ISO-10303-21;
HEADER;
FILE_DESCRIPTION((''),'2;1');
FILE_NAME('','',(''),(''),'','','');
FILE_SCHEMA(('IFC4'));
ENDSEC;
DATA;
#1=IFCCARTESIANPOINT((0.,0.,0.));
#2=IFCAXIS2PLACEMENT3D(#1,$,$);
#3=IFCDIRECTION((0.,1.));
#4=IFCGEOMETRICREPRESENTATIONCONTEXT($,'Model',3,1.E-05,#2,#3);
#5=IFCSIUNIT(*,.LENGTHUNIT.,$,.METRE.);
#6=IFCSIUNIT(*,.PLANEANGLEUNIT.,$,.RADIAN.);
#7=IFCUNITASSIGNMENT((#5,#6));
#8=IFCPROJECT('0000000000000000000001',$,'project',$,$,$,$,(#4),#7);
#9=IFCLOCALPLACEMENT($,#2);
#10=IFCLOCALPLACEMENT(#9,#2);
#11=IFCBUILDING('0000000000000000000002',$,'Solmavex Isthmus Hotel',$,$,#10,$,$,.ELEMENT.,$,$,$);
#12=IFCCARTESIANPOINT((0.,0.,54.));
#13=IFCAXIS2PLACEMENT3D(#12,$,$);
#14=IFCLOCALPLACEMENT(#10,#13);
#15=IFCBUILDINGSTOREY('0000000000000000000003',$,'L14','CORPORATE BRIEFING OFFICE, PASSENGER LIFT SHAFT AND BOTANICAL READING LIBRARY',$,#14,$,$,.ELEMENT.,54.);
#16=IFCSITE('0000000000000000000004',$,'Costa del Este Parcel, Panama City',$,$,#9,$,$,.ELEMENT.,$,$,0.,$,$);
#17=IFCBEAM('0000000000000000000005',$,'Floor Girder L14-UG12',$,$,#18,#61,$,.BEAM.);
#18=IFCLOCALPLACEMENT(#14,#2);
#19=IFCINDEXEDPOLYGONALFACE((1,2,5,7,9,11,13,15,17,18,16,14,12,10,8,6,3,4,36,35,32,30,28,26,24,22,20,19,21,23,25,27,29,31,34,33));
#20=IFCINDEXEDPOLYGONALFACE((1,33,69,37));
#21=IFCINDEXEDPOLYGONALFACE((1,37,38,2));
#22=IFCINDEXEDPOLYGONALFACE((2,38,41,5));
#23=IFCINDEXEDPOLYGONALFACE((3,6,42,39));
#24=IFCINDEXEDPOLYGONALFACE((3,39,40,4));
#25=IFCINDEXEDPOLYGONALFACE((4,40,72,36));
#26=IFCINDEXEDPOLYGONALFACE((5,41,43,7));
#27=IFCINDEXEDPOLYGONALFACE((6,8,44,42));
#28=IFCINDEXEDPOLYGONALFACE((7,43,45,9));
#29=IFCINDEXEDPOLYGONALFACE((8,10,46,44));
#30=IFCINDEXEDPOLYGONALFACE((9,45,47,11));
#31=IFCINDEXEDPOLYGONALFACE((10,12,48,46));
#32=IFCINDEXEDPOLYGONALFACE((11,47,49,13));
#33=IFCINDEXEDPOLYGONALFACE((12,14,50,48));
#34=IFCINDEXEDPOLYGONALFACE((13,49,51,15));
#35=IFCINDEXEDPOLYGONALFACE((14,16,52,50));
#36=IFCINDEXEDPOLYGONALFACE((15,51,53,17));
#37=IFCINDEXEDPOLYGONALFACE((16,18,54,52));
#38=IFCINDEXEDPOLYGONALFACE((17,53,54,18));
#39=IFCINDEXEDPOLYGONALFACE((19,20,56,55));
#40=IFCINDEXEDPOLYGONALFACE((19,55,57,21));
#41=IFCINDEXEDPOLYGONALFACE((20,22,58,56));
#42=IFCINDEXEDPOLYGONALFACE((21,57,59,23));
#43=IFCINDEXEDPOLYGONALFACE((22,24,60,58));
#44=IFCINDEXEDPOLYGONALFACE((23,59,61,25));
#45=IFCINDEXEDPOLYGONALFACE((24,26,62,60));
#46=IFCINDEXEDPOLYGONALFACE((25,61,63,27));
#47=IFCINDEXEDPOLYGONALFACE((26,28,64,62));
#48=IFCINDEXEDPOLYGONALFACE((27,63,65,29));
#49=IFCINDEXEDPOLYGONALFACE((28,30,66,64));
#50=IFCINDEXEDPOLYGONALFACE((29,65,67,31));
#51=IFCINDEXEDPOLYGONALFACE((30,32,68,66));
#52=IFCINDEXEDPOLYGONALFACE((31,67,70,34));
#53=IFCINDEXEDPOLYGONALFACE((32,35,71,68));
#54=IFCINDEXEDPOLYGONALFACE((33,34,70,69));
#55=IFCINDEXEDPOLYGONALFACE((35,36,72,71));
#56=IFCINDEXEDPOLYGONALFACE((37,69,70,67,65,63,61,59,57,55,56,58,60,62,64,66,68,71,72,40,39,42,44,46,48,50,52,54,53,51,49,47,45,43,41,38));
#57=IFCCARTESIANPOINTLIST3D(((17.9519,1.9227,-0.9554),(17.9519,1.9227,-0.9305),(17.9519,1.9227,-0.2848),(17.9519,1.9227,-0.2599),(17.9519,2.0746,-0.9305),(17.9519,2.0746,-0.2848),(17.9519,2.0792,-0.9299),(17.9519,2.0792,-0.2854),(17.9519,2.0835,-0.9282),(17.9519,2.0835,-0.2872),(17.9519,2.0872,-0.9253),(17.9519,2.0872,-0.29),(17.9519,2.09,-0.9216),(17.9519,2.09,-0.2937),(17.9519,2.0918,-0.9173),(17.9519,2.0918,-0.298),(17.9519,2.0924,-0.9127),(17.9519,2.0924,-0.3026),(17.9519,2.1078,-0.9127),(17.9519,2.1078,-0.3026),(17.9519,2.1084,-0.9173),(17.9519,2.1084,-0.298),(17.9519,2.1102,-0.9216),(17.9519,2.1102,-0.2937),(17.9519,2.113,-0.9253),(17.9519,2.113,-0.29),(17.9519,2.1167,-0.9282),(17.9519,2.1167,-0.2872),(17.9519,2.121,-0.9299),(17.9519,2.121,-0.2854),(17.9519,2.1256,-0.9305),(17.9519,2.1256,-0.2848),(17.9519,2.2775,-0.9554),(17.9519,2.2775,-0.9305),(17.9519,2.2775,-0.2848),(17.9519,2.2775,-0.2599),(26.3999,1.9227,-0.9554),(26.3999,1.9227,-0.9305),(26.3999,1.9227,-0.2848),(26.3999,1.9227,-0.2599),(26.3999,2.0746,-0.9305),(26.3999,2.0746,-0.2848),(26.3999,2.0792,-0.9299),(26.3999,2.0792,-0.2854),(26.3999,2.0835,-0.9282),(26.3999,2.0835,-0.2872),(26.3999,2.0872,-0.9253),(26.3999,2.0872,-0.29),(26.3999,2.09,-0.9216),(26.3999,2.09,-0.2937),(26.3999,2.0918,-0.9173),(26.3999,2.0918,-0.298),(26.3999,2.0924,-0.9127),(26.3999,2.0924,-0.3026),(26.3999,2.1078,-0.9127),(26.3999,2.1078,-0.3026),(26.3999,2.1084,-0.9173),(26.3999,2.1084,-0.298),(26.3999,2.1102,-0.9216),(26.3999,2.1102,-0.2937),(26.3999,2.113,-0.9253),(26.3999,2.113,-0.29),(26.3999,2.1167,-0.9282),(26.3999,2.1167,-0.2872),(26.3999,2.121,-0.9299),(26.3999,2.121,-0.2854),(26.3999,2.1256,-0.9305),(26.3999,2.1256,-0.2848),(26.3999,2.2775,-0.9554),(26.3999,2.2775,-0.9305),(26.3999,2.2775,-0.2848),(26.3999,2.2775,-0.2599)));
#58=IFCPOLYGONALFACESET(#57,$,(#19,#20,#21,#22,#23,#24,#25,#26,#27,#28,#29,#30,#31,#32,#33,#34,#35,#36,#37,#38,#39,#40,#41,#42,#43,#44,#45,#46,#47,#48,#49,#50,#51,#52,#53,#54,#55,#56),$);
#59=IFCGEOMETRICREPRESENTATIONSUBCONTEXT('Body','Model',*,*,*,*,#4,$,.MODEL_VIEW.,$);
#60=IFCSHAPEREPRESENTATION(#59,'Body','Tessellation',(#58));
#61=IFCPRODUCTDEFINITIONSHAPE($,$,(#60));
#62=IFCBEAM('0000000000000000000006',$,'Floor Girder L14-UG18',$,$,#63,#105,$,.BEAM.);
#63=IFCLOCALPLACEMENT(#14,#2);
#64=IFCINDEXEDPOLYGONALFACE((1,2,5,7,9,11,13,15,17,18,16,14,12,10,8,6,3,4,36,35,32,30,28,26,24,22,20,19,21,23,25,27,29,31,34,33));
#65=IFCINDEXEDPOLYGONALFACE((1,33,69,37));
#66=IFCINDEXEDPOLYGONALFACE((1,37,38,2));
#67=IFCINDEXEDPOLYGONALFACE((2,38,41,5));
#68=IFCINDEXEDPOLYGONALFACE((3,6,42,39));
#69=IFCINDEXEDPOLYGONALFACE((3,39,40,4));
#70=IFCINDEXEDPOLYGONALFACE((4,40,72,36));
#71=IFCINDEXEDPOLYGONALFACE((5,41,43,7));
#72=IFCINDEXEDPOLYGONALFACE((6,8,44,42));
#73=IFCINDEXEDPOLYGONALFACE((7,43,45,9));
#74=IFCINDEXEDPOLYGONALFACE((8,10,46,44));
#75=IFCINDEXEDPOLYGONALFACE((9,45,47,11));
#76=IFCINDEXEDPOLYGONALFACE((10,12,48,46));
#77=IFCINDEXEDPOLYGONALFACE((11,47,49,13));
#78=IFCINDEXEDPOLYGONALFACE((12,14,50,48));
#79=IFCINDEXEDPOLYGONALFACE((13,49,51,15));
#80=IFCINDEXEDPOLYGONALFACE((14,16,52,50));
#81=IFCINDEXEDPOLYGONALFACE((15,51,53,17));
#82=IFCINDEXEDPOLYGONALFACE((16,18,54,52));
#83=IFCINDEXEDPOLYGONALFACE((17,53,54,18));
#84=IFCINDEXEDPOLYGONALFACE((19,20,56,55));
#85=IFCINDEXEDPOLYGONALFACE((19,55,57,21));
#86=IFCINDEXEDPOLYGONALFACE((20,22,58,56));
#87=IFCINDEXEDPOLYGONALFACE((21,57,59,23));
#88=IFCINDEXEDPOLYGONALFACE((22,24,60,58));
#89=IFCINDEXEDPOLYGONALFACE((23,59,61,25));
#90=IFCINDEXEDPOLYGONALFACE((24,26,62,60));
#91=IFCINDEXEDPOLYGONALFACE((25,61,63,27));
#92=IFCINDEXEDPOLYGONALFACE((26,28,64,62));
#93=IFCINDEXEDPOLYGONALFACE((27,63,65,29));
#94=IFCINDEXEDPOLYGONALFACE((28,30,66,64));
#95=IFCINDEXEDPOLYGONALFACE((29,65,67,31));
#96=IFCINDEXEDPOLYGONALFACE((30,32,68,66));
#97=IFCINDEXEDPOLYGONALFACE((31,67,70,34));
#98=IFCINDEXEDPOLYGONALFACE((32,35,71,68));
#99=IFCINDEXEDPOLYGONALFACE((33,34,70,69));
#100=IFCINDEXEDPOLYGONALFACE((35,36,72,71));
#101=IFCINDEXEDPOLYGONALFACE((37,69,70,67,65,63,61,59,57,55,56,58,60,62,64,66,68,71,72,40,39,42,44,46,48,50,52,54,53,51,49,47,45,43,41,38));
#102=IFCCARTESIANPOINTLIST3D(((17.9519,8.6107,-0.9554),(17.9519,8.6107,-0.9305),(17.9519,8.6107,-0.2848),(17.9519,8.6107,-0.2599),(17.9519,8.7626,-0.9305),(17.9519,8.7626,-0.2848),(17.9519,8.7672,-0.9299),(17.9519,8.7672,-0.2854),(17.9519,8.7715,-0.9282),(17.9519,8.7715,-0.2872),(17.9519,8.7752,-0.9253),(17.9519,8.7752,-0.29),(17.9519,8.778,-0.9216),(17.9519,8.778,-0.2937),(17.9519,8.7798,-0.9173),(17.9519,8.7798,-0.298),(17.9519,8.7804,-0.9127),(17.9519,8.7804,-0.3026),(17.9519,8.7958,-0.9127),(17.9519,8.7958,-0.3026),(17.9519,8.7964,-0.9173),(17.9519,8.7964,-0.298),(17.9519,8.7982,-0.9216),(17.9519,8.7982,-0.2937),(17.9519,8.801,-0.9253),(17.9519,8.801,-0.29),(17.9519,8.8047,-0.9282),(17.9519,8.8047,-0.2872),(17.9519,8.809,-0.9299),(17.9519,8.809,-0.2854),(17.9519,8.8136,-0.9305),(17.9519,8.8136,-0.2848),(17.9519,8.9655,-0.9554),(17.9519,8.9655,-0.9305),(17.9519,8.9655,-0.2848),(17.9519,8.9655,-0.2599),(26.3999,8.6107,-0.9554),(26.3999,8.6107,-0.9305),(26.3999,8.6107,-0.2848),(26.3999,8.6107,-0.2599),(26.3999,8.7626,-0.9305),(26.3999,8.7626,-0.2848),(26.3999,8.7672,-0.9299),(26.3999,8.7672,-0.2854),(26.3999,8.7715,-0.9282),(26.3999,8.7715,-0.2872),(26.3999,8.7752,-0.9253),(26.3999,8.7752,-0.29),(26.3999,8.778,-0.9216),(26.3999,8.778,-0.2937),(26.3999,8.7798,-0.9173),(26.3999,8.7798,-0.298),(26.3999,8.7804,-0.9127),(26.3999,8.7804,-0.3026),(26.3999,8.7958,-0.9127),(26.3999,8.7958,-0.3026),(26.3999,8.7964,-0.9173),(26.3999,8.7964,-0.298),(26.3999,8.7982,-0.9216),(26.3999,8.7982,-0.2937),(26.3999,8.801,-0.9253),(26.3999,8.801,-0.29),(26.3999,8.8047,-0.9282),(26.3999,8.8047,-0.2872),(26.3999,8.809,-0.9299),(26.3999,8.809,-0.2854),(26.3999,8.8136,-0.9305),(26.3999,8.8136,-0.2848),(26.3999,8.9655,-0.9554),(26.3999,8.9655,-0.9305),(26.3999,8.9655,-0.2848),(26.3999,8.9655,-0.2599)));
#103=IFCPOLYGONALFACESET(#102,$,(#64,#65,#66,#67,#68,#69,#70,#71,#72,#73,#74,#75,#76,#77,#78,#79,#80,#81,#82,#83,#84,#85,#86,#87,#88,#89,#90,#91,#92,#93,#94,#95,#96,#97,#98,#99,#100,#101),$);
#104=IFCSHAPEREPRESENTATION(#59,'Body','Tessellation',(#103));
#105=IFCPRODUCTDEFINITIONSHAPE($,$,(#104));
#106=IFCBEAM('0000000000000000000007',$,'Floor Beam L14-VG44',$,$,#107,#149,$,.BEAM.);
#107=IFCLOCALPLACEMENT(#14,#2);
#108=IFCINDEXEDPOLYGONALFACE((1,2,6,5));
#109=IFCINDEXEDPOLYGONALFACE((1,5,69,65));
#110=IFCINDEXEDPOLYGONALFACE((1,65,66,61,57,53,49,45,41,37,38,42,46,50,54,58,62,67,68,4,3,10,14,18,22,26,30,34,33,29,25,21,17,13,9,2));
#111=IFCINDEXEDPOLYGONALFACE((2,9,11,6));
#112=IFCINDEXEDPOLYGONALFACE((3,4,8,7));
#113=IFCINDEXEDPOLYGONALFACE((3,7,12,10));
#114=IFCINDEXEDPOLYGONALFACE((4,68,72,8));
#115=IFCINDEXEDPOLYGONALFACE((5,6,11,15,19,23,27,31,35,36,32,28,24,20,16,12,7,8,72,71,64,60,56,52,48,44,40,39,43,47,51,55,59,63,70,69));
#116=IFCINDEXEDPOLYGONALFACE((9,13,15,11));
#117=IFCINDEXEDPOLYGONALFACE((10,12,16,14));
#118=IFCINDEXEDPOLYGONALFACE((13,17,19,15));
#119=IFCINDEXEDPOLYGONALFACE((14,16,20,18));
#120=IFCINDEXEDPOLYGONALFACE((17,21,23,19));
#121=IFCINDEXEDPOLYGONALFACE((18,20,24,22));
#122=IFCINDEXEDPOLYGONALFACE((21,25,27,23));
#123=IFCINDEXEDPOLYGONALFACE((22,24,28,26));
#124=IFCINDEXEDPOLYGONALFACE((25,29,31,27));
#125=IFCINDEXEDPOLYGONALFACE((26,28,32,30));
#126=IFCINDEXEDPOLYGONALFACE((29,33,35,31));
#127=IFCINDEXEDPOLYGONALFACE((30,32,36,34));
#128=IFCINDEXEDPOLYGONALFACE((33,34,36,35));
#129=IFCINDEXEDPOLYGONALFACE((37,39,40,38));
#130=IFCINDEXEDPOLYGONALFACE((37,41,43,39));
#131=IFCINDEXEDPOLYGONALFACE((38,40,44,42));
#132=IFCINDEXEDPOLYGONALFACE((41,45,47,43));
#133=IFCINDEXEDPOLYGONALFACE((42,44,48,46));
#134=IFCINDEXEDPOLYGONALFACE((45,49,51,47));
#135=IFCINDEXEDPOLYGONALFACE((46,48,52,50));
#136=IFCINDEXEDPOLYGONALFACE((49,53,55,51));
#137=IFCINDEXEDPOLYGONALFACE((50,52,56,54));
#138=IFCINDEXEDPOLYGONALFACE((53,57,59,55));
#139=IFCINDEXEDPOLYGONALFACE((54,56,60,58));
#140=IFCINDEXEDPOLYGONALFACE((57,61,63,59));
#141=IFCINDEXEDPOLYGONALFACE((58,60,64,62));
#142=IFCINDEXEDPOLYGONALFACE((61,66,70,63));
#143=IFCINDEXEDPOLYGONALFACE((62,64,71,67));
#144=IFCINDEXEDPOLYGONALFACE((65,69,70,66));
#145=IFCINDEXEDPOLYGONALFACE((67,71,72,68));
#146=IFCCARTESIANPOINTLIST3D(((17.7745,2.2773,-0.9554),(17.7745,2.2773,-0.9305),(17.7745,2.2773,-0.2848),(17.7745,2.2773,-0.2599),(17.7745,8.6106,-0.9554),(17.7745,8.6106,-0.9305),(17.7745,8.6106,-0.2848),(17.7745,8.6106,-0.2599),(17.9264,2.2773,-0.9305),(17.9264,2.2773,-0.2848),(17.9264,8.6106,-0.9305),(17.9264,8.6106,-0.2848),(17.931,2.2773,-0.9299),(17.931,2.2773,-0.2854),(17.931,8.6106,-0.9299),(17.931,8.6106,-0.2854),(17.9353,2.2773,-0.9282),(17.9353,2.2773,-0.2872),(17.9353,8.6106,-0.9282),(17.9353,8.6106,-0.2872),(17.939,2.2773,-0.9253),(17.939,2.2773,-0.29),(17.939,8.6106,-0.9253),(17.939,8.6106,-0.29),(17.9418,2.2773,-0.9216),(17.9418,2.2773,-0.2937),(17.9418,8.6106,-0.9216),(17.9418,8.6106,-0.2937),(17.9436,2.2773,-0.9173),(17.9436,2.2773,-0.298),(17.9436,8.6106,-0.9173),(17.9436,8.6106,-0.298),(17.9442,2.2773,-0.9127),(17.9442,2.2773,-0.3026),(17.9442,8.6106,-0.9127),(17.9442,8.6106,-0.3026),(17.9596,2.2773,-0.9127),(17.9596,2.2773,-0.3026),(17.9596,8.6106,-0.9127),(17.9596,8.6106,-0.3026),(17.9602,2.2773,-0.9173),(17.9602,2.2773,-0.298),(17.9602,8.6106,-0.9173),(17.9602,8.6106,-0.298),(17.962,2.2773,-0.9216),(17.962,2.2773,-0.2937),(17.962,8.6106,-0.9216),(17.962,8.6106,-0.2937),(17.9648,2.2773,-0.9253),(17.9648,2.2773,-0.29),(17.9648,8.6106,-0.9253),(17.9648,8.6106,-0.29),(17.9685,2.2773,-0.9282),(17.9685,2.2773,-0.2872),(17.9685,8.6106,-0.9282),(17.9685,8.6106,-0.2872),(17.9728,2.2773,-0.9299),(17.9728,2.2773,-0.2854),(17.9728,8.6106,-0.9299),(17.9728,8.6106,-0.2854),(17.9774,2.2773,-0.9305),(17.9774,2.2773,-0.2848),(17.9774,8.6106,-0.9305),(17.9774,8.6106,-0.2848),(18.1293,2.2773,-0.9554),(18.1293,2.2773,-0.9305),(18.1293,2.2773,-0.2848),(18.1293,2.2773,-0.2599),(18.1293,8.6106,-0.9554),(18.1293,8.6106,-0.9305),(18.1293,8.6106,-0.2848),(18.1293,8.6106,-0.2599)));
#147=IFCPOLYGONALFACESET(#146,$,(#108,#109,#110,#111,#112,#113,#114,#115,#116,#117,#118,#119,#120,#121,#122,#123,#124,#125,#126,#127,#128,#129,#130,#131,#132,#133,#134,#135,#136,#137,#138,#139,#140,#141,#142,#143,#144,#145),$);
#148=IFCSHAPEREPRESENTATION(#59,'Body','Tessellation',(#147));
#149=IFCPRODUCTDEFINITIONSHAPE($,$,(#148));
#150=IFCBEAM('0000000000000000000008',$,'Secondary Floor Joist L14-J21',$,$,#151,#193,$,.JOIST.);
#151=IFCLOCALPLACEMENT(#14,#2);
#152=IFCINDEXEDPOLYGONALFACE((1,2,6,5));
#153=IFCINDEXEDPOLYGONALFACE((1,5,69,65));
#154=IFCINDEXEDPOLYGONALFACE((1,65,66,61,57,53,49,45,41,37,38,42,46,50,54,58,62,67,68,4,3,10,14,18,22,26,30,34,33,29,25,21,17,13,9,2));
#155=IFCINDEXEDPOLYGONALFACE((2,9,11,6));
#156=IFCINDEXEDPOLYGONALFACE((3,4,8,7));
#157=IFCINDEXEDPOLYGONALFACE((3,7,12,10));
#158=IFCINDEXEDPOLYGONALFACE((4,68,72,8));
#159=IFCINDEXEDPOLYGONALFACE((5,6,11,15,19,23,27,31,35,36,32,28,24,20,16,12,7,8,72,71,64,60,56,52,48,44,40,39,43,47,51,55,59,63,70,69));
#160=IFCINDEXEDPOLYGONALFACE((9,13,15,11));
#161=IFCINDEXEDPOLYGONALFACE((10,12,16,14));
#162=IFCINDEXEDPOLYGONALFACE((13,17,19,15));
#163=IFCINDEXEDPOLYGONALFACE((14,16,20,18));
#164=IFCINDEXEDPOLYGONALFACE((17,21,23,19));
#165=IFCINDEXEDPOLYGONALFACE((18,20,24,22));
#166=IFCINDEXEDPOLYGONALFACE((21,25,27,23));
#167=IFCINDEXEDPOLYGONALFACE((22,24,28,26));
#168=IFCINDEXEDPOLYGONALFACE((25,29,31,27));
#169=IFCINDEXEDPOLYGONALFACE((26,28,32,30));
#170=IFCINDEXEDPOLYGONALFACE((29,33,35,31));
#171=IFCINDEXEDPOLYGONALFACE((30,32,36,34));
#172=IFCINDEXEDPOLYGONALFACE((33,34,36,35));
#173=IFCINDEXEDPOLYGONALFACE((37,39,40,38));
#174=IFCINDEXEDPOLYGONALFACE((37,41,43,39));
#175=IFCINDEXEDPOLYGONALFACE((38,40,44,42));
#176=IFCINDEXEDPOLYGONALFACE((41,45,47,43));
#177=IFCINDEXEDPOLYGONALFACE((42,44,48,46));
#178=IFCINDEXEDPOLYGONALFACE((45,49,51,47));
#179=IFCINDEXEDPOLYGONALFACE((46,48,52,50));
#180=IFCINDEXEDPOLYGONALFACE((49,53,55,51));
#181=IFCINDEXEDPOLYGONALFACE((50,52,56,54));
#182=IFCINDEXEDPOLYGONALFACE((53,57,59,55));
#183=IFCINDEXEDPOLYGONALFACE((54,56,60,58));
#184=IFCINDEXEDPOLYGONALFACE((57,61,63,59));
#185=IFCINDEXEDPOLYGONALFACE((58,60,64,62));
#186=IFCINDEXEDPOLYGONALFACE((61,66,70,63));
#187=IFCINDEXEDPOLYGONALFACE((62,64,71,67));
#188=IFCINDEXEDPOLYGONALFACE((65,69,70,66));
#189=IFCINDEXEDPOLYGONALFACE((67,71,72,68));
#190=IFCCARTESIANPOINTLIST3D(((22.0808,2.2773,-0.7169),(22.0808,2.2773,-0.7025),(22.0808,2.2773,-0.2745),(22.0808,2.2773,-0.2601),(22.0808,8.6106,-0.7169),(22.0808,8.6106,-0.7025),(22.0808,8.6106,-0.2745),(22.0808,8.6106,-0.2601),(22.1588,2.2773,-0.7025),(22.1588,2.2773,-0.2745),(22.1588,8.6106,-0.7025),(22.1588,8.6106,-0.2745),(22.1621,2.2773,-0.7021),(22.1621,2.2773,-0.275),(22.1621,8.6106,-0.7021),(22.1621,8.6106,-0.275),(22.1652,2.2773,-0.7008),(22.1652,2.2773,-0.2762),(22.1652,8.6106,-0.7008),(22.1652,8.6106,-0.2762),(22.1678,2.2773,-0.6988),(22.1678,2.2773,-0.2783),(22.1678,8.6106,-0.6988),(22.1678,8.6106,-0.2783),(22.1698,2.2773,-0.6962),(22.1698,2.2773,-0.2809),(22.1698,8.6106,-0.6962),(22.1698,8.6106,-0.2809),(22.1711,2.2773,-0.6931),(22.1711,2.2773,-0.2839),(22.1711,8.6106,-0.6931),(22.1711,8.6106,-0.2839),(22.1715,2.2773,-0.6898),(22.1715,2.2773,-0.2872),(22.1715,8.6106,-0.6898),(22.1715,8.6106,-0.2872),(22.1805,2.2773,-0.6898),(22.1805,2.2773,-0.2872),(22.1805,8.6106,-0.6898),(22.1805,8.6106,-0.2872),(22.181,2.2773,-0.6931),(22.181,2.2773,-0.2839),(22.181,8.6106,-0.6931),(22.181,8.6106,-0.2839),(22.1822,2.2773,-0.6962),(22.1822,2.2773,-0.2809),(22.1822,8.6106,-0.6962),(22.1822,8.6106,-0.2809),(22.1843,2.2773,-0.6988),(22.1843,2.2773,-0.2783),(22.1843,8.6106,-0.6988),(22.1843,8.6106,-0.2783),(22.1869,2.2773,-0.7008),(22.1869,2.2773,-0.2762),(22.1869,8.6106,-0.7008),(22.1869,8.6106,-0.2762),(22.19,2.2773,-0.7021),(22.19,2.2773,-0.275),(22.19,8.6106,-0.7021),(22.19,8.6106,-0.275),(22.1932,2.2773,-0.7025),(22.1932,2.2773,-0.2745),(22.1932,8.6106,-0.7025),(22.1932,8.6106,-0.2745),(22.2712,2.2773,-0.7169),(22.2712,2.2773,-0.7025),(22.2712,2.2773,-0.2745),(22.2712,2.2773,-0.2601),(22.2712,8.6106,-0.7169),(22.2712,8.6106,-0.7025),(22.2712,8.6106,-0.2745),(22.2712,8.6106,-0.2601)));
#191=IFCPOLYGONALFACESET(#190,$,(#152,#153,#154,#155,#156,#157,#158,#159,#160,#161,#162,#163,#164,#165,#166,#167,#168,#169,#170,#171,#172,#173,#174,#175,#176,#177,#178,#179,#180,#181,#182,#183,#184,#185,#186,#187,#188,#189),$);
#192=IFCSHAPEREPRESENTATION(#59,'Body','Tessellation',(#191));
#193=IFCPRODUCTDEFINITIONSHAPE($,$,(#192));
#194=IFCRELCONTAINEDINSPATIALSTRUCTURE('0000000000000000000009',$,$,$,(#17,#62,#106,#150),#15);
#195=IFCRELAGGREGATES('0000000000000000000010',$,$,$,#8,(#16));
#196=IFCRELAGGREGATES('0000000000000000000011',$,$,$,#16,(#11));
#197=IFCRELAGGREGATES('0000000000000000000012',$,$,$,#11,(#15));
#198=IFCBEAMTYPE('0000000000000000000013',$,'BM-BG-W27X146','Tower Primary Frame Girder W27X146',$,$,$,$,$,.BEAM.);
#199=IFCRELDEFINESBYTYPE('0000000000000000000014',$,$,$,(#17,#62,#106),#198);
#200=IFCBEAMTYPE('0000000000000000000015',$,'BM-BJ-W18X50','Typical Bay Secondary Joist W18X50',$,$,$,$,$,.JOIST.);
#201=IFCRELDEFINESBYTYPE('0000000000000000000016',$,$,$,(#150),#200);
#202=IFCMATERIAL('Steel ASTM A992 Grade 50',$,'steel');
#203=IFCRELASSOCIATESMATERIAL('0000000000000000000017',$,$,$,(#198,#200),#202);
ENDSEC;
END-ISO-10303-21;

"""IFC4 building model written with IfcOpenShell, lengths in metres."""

from ifc_helpers import new_model, si_unit, direction, frame, origin, origin_2d, place, context, subcontext, project, spatial, i_section, extrude, material, material_profile, profile_set, type_object, element, save


model = new_model("IFC4")

# Units and contexts
model_context = context("Model", 3, precision=1e-05, world=origin(), true_north=direction((0.0, 1.0)))
body_context = subcontext(model_context, "Body", "Model", "MODEL_VIEW")
ifc_project = project(units=[si_unit("LENGTHUNIT", "METRE"), si_unit("PLANEANGLEUNIT", "RADIAN")], contexts=[model_context])

# Site, building, storey
site_placement = place(None, origin())
site = spatial("IfcSite", under=ifc_project, at=site_placement, Name="Costa del Este Parcel, Panama City", CompositionType="ELEMENT", RefElevation=0.0)
building_placement = place(site_placement, origin())
building = spatial("IfcBuilding", under=site, at=building_placement, Name="Solmavex Isthmus Hotel", CompositionType="ELEMENT")
storey_placement = place(building_placement, frame((0.0, 0.0, 54.0)))
storey = spatial("IfcBuildingStorey", under=building, at=storey_placement, Name="L14", Description="CORPORATE BRIEFING OFFICE, PASSENGER LIFT SHAFT AND BOTANICAL READING LIBRARY", CompositionType="ELEMENT", Elevation=54.0)

# Beams
ifc_material_1 = material(Name="Steel ASTM A992 Grade 50", Category="steel")
ifc_material_profile_1 = material_profile(ifc_material_1, i_section(OverallWidth=0.3547, OverallDepth=0.6956, WebThickness=0.0154, FlangeThickness=0.0249, FilletRadius=0.0178, at=origin_2d()), Name="W27X146")
ifc_profile_set_1 = profile_set([ifc_material_profile_1], Name="Steel ASTM A992 Grade 50")
beam_type_1 = type_object("IfcBeamType", Name="BM-BG-W27X146", Description="Tower Primary Frame Girder W27X146", PredefinedType="BEAM", material=ifc_profile_set_1)
for number, where, z_axis, x_axis, name in (
    (1, (17.9519, 2.1001, -0.6077), (1.0, 0.0, 0.0), (0.0, 1.0, 0.0), "Floor Girder L14-UG12"),
    (2, (17.9519, 8.7881, -0.6077), (1.0, 0.0, 0.0), (0.0, 1.0, 0.0), "Floor Girder L14-UG18"),
):
    element("IfcBeam", number, at=place(storey_placement, frame(where, z_axis=z_axis, x_axis=x_axis)), inside=storey, type_object=beam_type_1, Name=name, PredefinedType="BEAM", context=body_context, shape_type="SweptSolid", body=[
        extrude(i_section(OverallWidth=0.3547, OverallDepth=0.6956, WebThickness=0.0154, FlangeThickness=0.0249, FilletRadius=0.0178, at=origin_2d()), origin(), (0.0, 0.0, 1.0), 8.448),
    ])
beam_1_placement = place(storey_placement, frame((17.9519, 2.2773, -0.6077), z_axis=(0.0, 1.0, 0.0), x_axis=(-1.0, 0.0, 0.0)))
element("IfcBeam", 3, at=beam_1_placement, inside=storey, type_object=beam_type_1, Name="Floor Beam L14-VG44", PredefinedType="BEAM", context=body_context, shape_type="SweptSolid", body=[
    extrude(i_section(OverallWidth=0.3547, OverallDepth=0.6956, WebThickness=0.0154, FlangeThickness=0.0249, FilletRadius=0.0178, at=origin_2d()), origin(), (0.0, 0.0, 1.0), 6.3333),
])
ifc_material_profile_2 = material_profile(ifc_material_1, i_section(OverallWidth=0.1904, OverallDepth=0.4568, WebThickness=0.009, FlangeThickness=0.0144, FilletRadius=0.0127, at=origin_2d()), Name="W18X50")
ifc_profile_set_2 = profile_set([ifc_material_profile_2], Name="Steel ASTM A992 Grade 50")
beam_type_2 = type_object("IfcBeamType", Name="BM-BJ-W18X50", Description="Typical Bay Secondary Joist W18X50", PredefinedType="JOIST", material=ifc_profile_set_2)
beam_2_placement = place(storey_placement, frame((22.176, 2.2773, -0.4885), z_axis=(0.0, 1.0, 0.0), x_axis=(-1.0, 0.0, 0.0)))
element("IfcBeam", 4, at=beam_2_placement, inside=storey, type_object=beam_type_2, Name="Secondary Floor Joist L14-J21", PredefinedType="JOIST", context=body_context, shape_type="SweptSolid", body=[
    extrude(i_section(OverallWidth=0.1904, OverallDepth=0.4568, WebThickness=0.009, FlangeThickness=0.0144, FilletRadius=0.0127, at=origin_2d()), origin(), (0.0, 0.0, 1.0), 6.3333),
])

save(model, "model.ifc")
